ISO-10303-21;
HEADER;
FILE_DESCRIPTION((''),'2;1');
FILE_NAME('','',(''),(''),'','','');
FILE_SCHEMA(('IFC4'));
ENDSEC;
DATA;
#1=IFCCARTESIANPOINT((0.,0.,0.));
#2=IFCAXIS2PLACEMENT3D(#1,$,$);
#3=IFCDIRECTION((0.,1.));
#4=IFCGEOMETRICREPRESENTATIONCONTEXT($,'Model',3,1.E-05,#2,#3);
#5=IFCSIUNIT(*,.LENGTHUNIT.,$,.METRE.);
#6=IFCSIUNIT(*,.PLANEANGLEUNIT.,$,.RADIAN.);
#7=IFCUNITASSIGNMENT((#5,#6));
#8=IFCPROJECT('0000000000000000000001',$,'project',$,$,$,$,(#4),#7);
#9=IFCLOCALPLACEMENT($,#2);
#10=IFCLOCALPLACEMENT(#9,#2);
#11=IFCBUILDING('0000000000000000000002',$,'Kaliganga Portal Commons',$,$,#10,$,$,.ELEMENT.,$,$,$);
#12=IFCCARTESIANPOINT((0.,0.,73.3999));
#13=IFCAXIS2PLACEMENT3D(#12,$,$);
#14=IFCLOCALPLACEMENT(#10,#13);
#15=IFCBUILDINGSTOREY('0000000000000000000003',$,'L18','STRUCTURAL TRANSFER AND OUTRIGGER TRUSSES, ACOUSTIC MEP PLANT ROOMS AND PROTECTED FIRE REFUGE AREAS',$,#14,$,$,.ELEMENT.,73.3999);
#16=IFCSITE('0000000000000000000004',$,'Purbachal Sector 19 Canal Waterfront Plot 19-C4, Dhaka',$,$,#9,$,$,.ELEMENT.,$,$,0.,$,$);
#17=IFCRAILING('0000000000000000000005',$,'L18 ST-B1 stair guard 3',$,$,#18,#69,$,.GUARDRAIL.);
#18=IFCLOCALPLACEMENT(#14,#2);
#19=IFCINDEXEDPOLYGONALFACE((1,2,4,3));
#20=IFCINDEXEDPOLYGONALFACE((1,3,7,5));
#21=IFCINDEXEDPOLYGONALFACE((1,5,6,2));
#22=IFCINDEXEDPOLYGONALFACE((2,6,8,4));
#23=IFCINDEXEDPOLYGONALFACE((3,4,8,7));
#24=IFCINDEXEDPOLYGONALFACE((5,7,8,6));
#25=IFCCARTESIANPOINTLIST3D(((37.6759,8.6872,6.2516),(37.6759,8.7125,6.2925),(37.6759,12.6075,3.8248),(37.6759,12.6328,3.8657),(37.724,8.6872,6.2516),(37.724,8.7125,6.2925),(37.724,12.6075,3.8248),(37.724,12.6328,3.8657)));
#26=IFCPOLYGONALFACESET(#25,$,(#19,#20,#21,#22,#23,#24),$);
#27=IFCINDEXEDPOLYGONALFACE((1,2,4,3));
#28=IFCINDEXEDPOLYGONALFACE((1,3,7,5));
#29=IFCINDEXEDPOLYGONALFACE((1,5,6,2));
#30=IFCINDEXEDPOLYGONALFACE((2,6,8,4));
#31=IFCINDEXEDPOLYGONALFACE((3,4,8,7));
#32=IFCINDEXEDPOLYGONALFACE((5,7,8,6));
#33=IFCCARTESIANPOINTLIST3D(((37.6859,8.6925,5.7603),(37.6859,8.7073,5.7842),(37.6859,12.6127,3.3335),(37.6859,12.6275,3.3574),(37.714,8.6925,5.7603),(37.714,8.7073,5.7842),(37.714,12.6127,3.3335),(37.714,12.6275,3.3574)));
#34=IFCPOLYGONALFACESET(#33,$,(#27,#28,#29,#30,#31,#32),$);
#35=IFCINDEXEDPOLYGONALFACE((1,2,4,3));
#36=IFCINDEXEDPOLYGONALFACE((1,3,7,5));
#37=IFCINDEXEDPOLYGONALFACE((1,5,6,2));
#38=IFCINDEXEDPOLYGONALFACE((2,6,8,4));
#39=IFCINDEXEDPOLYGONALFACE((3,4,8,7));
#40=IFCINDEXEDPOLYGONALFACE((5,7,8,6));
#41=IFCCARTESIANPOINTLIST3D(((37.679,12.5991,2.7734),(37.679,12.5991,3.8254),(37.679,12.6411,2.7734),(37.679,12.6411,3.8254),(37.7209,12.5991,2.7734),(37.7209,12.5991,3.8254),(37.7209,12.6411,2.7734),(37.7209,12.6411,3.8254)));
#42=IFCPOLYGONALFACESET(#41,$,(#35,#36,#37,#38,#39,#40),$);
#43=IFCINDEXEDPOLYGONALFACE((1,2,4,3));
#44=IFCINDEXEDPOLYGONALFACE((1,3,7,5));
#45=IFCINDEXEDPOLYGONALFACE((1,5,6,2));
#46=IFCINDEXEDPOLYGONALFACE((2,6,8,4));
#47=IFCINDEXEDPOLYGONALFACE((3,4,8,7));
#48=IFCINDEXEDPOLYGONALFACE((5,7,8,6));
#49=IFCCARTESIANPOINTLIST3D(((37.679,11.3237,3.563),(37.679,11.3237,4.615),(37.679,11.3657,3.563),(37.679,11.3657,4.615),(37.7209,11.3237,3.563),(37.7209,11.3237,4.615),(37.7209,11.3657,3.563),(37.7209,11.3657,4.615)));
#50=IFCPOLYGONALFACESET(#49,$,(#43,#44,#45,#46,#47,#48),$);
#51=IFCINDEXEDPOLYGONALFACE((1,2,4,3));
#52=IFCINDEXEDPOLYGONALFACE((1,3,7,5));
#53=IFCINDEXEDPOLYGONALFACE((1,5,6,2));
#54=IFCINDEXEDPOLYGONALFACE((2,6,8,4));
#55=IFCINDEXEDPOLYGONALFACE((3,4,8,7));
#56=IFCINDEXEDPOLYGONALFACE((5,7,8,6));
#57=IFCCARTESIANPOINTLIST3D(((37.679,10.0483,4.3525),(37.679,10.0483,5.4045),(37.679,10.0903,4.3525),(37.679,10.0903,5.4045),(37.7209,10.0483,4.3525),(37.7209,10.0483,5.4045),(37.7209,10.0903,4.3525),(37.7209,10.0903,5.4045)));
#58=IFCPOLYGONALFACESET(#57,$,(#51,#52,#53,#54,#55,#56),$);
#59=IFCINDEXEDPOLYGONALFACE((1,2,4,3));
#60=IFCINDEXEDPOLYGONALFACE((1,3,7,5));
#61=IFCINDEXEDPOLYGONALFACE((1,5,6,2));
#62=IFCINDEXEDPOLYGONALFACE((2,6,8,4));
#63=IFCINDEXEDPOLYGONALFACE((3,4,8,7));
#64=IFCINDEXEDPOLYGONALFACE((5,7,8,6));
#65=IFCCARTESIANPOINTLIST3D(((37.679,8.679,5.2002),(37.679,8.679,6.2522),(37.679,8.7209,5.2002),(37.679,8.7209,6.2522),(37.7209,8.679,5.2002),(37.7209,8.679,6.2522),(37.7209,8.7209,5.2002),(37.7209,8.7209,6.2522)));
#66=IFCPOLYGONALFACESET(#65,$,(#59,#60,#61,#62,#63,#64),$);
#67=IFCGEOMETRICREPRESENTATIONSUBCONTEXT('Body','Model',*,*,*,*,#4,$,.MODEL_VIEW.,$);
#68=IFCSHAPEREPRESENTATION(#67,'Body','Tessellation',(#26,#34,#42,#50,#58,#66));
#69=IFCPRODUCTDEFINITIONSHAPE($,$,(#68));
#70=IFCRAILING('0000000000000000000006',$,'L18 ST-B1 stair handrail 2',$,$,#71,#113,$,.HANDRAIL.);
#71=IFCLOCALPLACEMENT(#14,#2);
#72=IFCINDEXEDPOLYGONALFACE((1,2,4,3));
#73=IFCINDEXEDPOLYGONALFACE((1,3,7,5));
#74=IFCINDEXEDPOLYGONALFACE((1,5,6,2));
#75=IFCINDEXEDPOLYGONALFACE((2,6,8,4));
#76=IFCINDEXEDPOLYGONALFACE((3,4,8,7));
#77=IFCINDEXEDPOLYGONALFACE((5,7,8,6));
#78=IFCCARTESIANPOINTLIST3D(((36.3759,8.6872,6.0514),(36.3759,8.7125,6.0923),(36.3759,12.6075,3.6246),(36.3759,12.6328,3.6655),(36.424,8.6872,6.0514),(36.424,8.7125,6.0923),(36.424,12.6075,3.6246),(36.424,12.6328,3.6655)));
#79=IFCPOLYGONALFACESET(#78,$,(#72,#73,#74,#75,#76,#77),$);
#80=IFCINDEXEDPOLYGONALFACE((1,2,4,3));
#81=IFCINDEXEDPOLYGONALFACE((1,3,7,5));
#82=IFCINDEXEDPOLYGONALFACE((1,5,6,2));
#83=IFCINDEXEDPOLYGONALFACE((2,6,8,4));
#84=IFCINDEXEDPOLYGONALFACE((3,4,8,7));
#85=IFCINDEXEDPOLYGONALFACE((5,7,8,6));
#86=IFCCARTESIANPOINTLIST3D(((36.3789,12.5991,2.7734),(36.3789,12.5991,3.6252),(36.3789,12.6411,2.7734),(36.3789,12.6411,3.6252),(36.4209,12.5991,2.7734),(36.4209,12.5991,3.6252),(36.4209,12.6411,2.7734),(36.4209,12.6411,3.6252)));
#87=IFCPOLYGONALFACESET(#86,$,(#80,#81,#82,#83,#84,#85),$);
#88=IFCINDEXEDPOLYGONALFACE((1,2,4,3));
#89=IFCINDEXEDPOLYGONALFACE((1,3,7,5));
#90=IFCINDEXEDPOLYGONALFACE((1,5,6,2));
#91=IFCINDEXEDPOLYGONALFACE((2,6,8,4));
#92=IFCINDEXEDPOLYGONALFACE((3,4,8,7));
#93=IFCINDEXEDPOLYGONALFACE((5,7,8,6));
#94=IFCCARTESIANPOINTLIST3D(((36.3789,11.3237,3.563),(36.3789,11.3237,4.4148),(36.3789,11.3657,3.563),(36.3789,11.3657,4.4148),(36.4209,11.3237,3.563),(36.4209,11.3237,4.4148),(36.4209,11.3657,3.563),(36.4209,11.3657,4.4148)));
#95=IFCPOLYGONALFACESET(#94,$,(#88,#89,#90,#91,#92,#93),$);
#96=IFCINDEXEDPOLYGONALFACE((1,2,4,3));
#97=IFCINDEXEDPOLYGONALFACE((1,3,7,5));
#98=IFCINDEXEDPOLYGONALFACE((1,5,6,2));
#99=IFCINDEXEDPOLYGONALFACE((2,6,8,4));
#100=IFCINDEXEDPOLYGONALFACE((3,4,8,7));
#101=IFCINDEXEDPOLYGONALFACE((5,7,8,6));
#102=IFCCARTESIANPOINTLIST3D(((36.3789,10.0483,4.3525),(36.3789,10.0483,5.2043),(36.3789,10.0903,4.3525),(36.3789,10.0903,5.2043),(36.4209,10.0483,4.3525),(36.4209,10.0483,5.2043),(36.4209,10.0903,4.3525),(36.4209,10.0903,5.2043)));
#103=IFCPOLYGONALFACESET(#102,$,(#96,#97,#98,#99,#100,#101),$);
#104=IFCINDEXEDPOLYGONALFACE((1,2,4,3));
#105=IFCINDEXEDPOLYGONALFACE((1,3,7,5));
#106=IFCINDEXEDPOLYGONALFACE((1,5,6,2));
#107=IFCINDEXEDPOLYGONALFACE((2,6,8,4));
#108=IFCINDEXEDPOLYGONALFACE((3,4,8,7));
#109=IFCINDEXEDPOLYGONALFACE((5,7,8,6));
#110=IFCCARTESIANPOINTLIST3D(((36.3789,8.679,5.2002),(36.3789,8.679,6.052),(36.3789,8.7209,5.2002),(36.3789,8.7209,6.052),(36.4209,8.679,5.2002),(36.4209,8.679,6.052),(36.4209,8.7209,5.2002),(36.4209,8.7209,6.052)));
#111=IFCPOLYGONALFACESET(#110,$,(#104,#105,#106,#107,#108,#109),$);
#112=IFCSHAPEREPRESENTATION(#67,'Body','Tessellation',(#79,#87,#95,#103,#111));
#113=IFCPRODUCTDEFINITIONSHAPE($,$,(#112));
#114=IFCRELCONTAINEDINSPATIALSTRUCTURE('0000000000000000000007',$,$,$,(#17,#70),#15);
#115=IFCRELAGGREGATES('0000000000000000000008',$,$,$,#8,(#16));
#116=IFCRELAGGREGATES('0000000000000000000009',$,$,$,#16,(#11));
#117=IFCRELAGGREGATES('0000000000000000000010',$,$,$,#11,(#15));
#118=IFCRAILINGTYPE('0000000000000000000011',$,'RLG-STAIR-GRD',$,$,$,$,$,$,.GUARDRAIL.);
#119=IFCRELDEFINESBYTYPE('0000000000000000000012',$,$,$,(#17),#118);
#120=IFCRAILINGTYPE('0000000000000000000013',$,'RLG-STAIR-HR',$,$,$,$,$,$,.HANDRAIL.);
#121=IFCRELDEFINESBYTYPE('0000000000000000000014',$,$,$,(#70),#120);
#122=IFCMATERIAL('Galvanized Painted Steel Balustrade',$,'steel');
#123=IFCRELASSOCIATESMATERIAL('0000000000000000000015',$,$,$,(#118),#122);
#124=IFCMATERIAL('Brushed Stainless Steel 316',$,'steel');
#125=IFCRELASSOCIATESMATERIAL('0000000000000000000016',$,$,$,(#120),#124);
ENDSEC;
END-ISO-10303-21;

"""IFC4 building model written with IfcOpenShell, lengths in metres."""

from ifc_helpers import new_model, si_unit, direction, frame, origin, origin_2d, place, context, subcontext, project, spatial, rectangle, extrude, material, type_object, element, save


model = new_model("IFC4")

# Units and contexts
model_context = context("Model", 3, precision=1e-05, world=origin(), true_north=direction((0.0, 1.0)))
body_context = subcontext(model_context, "Body", "Model", "MODEL_VIEW")
ifc_project = project(units=[si_unit("LENGTHUNIT", "METRE"), si_unit("PLANEANGLEUNIT", "RADIAN")], contexts=[model_context])

# Site, building, storey
site_placement = place(None, origin())
site = spatial("IfcSite", under=ifc_project, at=site_placement, Name="Purbachal Sector 19 Canal Waterfront Plot 19-C4, Dhaka", CompositionType="ELEMENT", RefElevation=0.0)
building_placement = place(site_placement, origin())
building = spatial("IfcBuilding", under=site, at=building_placement, Name="Kaliganga Portal Commons", CompositionType="ELEMENT")
storey_placement = place(building_placement, frame((0.0, 0.0, 73.3999)))
storey = spatial("IfcBuildingStorey", under=building, at=storey_placement, Name="L18", Description="STRUCTURAL TRANSFER AND OUTRIGGER TRUSSES, ACOUSTIC MEP PLANT ROOMS AND PROTECTED FIRE REFUGE AREAS", CompositionType="ELEMENT", Elevation=73.3999)

# Railings
ifc_material_1 = material(Name="Galvanized Painted Steel Balustrade", Category="steel")
railing_type_1 = type_object("IfcRailingType", Name="RLG-STAIR-GRD", PredefinedType="GUARDRAIL", material=ifc_material_1)
railing_1_placement = place(storey_placement, frame((37.7, 12.6201, 2.7734)))
element("IfcRailing", 1, at=railing_1_placement, inside=storey, type_object=railing_type_1, Name="L18 ST-B1 stair guard 3", PredefinedType="GUARDRAIL", context=body_context, shape_type="SweptSolid", body=[
    extrude(rectangle(XDim=0.0481, YDim=0.0481, at=origin_2d()), frame((0.0, 0.0, 1.0718), z_axis=(0.0, -0.850266, 0.526353), x_axis=(1.0, 0.0, 0.0)), (0.0, 0.0, 1.0), 4.6106),
    extrude(rectangle(XDim=0.0281, YDim=0.0281, at=origin_2d()), frame((0.0, 0.0, 0.572), z_axis=(0.0, -0.850266, 0.526353), x_axis=(1.0, 0.0, 0.0)), (0.0, 0.0, 1.0), 4.6106),
    extrude(rectangle(XDim=0.042, YDim=0.042, at=origin_2d()), origin(), (0.0, 0.0, 1.0), 1.052),
    extrude(rectangle(XDim=0.042, YDim=0.042, at=origin_2d()), frame((0.0, -1.2754, 0.7896)), (0.0, 0.0, 1.0), 1.052),
    extrude(rectangle(XDim=0.042, YDim=0.042, at=origin_2d()), frame((0.0, -2.5508, 1.5791)), (0.0, 0.0, 1.0), 1.052),
    extrude(rectangle(XDim=0.042, YDim=0.042, at=origin_2d()), frame((0.0, -3.9202, 2.4268)), (0.0, 0.0, 1.0), 1.052),
])
ifc_material_2 = material(Name="Brushed Stainless Steel 316", Category="steel")
railing_type_2 = type_object("IfcRailingType", Name="RLG-STAIR-HR", PredefinedType="HANDRAIL", material=ifc_material_2)
railing_2_placement = place(storey_placement, frame((36.3999, 12.6201, 2.7734)))
element("IfcRailing", 2, at=railing_2_placement, inside=storey, type_object=railing_type_2, Name="L18 ST-B1 stair handrail 2", PredefinedType="HANDRAIL", context=body_context, shape_type="SweptSolid", body=[
    extrude(rectangle(XDim=0.0481, YDim=0.0481, at=origin_2d()), frame((0.0, 0.0, 0.8716), z_axis=(0.0, -0.850266, 0.526353), x_axis=(1.0, 0.0, 0.0)), (0.0, 0.0, 1.0), 4.6106),
    extrude(rectangle(XDim=0.042, YDim=0.042, at=origin_2d()), origin(), (0.0, 0.0, 1.0), 0.8518),
    extrude(rectangle(XDim=0.042, YDim=0.042, at=origin_2d()), frame((0.0, -1.2754, 0.7896)), (0.0, 0.0, 1.0), 0.8518),
    extrude(rectangle(XDim=0.042, YDim=0.042, at=origin_2d()), frame((0.0, -2.5508, 1.5791)), (0.0, 0.0, 1.0), 0.8518),
    extrude(rectangle(XDim=0.042, YDim=0.042, at=origin_2d()), frame((0.0, -3.9202, 2.4268)), (0.0, 0.0, 1.0), 0.8518),
])

save(model, "model.ifc")
